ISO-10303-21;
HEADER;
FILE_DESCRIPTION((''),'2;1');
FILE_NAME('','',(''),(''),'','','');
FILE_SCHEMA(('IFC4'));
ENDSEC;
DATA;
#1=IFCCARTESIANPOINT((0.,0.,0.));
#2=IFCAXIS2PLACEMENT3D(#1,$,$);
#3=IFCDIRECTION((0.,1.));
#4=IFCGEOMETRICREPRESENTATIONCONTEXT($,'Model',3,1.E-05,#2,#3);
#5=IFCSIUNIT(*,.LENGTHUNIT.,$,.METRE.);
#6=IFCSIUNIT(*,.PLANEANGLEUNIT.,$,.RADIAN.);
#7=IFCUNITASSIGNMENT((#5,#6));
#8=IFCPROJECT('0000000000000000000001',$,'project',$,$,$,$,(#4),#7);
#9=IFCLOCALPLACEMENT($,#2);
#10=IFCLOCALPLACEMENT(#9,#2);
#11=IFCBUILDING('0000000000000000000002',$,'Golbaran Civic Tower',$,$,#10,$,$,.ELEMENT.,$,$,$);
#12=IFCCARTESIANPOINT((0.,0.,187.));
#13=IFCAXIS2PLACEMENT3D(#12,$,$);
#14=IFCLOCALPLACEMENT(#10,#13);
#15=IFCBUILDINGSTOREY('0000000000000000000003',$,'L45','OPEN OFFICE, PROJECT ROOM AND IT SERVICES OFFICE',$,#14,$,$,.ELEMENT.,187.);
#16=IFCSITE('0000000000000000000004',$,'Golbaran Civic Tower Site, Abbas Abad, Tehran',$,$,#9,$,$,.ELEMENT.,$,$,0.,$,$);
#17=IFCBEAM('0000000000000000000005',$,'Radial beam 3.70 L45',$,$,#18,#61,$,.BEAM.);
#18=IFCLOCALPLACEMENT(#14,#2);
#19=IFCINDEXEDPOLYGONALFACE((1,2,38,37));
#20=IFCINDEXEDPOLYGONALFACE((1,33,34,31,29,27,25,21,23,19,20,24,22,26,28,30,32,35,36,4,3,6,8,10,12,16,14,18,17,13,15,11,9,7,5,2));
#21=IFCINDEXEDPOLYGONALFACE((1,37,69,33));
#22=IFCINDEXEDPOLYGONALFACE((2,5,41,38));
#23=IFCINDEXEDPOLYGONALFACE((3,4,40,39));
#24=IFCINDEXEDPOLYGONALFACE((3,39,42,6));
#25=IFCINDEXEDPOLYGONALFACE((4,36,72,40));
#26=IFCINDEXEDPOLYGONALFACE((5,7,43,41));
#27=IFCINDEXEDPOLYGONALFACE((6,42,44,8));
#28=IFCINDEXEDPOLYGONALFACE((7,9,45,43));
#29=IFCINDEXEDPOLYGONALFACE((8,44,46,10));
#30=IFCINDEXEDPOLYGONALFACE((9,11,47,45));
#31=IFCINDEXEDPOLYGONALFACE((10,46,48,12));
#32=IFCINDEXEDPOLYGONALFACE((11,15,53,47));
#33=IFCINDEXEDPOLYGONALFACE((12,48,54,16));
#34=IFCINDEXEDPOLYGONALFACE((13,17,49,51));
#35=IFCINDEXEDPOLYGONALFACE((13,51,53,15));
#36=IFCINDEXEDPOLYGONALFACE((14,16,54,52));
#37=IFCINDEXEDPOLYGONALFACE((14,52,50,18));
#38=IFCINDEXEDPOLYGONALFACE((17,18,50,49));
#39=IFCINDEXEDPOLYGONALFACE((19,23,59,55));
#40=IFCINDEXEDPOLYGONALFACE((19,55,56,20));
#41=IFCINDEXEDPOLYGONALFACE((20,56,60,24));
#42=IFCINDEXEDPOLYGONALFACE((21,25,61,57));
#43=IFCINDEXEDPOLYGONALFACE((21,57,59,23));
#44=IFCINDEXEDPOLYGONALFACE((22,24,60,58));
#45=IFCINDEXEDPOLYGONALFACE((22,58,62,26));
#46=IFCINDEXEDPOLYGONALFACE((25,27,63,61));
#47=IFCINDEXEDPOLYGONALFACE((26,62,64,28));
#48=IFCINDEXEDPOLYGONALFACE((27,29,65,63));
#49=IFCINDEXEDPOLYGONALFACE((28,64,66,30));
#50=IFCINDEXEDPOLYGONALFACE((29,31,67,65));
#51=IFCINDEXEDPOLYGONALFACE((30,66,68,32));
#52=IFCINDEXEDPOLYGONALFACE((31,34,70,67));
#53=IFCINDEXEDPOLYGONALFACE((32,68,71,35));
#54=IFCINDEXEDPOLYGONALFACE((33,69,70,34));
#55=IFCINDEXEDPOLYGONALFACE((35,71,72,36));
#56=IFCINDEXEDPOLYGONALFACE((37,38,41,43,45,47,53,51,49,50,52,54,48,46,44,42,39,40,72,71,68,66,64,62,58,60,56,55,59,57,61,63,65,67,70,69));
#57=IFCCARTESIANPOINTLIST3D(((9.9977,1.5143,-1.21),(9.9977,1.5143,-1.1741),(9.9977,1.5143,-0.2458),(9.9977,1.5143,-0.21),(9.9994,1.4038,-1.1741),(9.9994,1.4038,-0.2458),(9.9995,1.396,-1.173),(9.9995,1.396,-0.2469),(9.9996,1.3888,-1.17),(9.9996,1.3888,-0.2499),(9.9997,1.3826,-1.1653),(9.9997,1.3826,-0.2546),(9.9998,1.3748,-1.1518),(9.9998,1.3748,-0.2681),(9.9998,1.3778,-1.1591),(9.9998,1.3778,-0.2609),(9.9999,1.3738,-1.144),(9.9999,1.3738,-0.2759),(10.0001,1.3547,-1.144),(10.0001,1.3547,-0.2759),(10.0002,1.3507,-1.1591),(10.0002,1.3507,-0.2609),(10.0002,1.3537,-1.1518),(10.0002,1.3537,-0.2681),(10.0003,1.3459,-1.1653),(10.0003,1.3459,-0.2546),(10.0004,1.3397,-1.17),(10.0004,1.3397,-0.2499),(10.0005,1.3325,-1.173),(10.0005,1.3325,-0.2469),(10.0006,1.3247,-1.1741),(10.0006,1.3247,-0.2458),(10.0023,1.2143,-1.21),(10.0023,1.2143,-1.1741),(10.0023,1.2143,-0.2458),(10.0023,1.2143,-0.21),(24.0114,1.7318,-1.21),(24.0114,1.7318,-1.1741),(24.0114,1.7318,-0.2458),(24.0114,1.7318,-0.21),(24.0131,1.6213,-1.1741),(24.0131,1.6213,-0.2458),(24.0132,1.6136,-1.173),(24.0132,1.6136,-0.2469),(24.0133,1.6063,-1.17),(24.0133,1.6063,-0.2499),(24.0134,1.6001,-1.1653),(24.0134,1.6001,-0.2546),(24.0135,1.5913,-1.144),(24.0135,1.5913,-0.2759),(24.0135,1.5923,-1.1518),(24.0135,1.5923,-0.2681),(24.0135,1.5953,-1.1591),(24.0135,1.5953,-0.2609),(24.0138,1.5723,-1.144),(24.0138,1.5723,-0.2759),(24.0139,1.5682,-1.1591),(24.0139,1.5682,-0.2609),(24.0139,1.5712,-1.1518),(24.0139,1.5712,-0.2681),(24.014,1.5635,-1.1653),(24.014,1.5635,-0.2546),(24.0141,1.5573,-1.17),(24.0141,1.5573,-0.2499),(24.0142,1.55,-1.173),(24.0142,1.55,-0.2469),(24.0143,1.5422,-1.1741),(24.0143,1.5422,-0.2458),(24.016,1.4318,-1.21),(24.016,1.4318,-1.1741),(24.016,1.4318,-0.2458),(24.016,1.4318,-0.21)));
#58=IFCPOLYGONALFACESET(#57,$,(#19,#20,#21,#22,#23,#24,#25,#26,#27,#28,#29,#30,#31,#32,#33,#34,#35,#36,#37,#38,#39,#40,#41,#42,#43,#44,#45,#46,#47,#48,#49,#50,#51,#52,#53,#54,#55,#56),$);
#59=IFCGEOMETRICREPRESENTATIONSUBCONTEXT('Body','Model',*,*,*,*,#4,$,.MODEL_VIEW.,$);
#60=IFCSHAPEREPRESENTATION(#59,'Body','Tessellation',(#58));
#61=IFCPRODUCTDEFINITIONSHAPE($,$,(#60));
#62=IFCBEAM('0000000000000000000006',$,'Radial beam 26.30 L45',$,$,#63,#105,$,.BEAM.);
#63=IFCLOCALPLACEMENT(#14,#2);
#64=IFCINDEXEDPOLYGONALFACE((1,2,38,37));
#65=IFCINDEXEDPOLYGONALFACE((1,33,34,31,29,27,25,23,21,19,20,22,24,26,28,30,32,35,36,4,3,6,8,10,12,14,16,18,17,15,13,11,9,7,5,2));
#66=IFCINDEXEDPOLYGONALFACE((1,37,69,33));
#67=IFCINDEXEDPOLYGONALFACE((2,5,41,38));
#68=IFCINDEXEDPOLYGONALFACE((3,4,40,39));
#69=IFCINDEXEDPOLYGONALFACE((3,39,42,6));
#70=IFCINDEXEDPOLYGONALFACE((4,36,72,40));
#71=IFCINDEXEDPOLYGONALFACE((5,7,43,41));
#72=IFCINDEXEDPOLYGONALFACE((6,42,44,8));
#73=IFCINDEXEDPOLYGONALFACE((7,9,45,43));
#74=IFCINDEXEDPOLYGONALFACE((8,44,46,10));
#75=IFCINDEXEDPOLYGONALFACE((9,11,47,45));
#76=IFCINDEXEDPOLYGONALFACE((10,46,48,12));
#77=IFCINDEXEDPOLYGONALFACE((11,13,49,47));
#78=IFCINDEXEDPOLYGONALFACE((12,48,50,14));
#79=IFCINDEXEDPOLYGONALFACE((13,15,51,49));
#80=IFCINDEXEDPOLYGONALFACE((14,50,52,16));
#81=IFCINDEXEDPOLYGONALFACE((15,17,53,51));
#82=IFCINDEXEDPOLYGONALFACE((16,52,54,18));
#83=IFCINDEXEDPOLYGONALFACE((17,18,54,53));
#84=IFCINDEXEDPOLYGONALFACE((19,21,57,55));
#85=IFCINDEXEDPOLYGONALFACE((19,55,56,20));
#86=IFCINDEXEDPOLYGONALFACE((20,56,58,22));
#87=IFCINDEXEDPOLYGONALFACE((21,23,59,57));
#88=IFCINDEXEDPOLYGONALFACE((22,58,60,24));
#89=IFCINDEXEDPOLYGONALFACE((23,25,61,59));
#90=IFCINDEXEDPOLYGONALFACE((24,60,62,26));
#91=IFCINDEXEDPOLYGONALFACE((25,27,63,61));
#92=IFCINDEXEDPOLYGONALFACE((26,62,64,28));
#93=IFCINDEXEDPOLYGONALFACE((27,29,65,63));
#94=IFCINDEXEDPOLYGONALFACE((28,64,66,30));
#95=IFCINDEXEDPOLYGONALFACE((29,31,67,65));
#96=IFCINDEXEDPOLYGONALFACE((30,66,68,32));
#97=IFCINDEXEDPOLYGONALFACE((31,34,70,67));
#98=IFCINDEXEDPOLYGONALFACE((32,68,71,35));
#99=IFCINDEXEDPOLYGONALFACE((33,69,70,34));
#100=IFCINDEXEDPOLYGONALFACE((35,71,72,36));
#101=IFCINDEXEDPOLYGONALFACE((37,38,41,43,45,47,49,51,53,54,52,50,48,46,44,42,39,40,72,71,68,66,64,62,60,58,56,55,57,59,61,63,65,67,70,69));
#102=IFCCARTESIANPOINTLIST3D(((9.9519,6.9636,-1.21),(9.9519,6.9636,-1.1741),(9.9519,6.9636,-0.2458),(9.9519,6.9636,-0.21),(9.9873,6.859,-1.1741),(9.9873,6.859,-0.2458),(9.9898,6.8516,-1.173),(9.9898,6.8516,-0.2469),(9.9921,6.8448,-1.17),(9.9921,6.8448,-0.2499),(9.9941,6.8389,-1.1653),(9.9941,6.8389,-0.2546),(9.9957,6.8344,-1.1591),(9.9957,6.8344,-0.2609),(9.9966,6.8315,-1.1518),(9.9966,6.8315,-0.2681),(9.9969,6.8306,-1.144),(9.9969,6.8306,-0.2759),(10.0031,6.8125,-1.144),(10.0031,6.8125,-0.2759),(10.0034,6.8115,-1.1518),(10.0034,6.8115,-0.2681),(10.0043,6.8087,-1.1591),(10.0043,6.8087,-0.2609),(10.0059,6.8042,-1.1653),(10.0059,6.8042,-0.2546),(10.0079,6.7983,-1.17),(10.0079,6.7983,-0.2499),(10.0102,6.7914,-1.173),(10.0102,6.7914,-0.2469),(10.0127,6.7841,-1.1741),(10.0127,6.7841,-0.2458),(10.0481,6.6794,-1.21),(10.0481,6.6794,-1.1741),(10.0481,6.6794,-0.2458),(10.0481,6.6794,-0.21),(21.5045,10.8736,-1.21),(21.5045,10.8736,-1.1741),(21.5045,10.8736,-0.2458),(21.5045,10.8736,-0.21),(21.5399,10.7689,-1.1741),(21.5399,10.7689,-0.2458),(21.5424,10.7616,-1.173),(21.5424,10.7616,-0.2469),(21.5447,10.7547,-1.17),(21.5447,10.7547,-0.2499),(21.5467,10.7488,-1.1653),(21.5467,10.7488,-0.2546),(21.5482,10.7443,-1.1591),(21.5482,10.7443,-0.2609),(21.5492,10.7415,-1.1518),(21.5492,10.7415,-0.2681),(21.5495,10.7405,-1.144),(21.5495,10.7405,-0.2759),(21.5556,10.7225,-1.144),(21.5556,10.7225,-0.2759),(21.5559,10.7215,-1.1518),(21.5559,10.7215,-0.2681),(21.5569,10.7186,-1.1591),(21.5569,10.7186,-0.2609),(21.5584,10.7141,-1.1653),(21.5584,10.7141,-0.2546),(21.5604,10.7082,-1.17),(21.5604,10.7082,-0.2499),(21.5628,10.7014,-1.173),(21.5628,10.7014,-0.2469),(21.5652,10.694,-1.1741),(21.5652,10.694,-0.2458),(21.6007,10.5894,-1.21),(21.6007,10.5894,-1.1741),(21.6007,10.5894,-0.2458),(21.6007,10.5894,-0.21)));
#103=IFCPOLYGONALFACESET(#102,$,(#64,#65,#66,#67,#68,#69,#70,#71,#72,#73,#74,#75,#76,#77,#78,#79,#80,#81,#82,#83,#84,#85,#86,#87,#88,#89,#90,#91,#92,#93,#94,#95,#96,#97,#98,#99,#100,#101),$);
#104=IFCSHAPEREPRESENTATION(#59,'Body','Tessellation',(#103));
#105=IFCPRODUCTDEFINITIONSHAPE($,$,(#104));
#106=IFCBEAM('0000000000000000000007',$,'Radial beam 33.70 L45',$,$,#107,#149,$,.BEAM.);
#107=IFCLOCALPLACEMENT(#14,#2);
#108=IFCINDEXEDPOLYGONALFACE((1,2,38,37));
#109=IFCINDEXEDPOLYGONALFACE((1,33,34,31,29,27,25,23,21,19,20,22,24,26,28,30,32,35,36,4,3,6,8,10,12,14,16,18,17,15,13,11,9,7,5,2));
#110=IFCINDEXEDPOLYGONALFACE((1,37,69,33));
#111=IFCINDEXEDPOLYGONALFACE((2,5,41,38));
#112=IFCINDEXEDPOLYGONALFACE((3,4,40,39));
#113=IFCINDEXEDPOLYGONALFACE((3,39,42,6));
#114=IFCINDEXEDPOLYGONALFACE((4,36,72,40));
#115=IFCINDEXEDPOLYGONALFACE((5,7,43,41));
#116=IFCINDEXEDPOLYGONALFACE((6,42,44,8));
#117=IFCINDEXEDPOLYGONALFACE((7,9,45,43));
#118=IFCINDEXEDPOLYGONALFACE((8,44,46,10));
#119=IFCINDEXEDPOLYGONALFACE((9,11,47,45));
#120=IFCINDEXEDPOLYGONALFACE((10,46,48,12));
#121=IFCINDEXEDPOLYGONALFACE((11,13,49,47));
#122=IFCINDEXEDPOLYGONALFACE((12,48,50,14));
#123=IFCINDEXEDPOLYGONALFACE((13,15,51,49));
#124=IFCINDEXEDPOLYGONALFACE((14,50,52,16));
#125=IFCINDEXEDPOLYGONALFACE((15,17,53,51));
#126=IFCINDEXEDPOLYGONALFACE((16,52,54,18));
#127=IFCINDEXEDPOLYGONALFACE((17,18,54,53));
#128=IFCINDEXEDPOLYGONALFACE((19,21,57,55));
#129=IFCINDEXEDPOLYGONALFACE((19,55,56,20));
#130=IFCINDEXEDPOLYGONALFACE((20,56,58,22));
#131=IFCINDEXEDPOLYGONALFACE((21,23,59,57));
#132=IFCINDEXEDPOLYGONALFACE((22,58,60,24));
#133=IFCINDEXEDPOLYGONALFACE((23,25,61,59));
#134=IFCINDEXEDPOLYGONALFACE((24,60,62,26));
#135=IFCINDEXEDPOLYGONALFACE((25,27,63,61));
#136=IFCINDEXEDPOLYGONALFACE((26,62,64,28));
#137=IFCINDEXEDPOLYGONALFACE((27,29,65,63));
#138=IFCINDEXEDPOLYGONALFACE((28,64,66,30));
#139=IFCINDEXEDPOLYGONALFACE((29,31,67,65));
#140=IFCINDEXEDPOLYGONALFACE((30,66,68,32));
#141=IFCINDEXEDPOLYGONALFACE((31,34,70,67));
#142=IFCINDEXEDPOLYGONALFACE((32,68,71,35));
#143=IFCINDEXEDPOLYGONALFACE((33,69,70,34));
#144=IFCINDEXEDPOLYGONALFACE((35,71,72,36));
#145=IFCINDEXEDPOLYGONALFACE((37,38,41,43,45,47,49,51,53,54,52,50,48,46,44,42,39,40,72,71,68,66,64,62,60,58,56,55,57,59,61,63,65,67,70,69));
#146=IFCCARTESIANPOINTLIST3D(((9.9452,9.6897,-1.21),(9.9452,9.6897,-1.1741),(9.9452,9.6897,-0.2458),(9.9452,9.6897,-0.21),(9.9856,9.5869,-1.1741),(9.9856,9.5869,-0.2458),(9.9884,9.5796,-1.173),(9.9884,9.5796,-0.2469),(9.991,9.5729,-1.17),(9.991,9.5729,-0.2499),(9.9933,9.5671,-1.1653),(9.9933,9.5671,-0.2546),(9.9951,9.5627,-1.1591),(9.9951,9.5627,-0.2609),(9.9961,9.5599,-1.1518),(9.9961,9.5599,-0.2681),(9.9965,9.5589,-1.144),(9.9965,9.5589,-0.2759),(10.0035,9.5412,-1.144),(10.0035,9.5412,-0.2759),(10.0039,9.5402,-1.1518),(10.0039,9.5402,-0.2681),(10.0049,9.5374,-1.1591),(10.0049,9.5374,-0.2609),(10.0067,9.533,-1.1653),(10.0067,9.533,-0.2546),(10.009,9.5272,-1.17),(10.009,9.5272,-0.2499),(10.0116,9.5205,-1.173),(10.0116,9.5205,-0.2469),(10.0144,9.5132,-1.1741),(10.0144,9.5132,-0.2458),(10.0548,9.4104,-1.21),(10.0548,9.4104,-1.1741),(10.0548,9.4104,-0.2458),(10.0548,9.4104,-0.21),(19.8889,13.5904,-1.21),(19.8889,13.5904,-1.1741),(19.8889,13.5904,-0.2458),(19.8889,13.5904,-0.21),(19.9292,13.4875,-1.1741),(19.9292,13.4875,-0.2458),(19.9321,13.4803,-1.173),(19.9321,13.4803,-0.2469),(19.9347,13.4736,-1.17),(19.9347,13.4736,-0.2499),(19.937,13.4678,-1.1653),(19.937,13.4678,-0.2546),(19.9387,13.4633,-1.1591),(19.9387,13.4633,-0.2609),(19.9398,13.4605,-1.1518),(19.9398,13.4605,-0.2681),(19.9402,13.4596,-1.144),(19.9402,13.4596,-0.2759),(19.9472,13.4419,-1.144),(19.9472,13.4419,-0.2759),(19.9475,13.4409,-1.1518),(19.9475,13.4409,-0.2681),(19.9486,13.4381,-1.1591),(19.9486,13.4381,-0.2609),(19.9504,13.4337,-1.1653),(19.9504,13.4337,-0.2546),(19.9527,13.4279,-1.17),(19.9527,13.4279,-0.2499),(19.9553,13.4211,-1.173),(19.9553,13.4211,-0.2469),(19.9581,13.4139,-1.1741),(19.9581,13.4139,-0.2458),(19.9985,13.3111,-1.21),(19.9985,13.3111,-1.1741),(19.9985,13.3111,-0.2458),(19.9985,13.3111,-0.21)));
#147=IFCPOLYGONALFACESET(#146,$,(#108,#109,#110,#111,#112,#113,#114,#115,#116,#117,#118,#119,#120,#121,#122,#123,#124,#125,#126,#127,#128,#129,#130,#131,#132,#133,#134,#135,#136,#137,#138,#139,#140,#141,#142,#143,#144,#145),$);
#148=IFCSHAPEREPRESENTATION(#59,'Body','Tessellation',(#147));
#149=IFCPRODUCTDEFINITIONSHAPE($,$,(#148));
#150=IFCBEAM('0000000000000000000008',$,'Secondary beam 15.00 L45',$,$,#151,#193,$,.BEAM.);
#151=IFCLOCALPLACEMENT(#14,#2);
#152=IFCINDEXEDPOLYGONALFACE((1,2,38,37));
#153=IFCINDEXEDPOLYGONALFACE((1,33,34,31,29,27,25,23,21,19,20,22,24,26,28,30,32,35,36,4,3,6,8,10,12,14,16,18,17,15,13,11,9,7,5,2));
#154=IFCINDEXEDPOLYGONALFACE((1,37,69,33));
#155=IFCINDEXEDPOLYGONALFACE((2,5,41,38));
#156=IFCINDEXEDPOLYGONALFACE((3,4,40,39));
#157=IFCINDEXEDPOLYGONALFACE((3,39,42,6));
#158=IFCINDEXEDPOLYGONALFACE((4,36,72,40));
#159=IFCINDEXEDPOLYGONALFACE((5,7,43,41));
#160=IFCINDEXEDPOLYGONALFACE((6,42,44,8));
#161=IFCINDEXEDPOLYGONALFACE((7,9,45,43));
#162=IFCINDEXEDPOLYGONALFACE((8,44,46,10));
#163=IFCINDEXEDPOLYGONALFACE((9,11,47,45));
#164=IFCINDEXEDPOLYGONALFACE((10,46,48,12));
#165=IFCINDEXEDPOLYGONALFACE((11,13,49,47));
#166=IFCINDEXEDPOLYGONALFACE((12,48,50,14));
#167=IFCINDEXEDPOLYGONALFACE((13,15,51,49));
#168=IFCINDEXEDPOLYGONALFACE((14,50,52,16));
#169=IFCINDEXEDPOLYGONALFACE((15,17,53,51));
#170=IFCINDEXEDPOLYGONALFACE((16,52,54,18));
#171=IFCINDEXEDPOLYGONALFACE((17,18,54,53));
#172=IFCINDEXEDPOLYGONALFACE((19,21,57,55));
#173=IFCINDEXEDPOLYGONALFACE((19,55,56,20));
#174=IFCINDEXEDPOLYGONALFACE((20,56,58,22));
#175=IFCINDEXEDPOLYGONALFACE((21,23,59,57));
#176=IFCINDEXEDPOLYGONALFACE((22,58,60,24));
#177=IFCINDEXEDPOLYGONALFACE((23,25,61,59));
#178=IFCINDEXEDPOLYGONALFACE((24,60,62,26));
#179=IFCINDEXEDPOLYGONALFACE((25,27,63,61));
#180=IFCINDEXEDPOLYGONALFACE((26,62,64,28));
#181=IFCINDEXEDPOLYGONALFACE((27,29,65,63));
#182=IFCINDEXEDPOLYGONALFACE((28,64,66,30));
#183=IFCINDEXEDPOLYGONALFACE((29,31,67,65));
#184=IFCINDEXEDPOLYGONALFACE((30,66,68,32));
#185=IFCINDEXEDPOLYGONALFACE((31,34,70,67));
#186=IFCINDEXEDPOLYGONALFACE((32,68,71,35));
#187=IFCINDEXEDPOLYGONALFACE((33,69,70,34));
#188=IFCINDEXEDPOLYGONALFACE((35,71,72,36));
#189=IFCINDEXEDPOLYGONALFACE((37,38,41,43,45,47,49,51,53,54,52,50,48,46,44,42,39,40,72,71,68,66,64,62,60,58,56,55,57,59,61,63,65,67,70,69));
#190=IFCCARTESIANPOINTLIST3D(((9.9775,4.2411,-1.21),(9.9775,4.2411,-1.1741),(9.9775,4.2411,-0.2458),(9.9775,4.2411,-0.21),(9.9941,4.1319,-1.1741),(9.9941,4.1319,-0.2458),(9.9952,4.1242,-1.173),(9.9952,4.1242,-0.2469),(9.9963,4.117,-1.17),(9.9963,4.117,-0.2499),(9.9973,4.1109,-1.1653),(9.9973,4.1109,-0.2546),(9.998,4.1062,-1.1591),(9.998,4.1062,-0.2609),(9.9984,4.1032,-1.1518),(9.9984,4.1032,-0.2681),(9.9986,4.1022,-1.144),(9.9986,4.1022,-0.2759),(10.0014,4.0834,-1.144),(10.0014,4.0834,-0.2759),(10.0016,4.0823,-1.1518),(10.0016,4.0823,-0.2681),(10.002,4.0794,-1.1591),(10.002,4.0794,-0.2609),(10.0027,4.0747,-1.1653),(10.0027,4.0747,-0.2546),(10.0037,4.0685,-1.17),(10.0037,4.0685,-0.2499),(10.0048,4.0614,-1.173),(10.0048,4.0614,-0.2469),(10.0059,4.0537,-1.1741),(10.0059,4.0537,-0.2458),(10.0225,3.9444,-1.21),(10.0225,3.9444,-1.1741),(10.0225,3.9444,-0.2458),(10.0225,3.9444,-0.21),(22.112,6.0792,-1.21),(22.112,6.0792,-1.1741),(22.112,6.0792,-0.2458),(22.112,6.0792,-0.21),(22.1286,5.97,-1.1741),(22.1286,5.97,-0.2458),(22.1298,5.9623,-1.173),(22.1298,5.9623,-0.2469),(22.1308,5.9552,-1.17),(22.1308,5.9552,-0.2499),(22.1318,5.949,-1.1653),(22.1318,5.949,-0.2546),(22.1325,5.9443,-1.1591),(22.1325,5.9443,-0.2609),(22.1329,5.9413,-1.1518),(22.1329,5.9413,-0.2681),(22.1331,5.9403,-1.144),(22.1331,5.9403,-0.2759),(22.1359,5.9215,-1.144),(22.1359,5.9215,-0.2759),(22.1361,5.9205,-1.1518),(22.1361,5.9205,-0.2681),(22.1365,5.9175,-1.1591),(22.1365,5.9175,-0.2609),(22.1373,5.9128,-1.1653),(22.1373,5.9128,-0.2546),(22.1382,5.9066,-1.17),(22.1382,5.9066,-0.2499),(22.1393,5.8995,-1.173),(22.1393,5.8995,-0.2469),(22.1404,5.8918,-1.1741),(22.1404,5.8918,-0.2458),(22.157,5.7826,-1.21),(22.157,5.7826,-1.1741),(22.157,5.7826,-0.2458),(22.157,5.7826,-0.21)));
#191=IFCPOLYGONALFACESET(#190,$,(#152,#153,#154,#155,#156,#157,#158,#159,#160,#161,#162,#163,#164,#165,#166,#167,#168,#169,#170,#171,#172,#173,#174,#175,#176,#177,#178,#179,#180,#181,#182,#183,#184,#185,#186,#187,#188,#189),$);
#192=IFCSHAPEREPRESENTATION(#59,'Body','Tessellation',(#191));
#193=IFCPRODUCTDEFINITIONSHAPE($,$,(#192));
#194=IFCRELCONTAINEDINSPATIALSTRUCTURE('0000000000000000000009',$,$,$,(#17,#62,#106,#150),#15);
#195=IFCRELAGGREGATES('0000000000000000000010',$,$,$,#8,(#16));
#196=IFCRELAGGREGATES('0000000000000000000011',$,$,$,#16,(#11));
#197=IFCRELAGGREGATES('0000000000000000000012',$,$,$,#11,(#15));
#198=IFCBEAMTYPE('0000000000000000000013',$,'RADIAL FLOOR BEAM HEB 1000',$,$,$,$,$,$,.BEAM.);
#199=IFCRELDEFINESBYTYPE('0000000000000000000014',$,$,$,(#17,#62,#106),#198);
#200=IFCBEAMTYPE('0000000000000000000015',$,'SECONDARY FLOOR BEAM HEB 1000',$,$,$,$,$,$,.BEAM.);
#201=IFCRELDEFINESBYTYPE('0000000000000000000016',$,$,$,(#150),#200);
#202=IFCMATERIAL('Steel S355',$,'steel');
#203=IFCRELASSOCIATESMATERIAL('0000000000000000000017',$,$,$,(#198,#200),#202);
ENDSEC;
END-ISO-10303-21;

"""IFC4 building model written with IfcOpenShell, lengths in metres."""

from ifc_helpers import new_model, si_unit, direction, frame, origin, origin_2d, place, context, subcontext, project, spatial, i_section, extrude, material, material_profile, profile_set, type_object, element, save


model = new_model("IFC4")

# Units and contexts
model_context = context("Model", 3, precision=1e-05, world=origin(), true_north=direction((0.0, 1.0)))
body_context = subcontext(model_context, "Body", "Model", "MODEL_VIEW")
ifc_project = project(units=[si_unit("LENGTHUNIT", "METRE"), si_unit("PLANEANGLEUNIT", "RADIAN")], contexts=[model_context])

# Site, building, storey
site_placement = place(None, origin())
site = spatial("IfcSite", under=ifc_project, at=site_placement, Name="Golbaran Civic Tower Site, Abbas Abad, Tehran", CompositionType="ELEMENT", RefElevation=0.0)
building_placement = place(site_placement, origin())
building = spatial("IfcBuilding", under=site, at=building_placement, Name="Golbaran Civic Tower", CompositionType="ELEMENT")
storey_placement = place(building_placement, frame((0.0, 0.0, 187.0)))
storey = spatial("IfcBuildingStorey", under=building, at=storey_placement, Name="L45", Description="OPEN OFFICE, PROJECT ROOM AND IT SERVICES OFFICE", CompositionType="ELEMENT", Elevation=187.0)

# Beams
ifc_material_1 = material(Name="Steel S355", Category="steel")
ifc_material_profile_1 = material_profile(ifc_material_1, i_section(OverallWidth=0.3, OverallDepth=1.0, WebThickness=0.019, FlangeThickness=0.0359, FilletRadius=0.03, at=origin_2d()), Name="HEB 1000")
ifc_profile_set_1 = profile_set([ifc_material_profile_1], Name="Steel S355")
beam_type_1 = type_object("IfcBeamType", Name="RADIAL FLOOR BEAM HEB 1000", PredefinedType="BEAM", material=ifc_profile_set_1)
beam_1_placement = place(storey_placement, frame((10.0, 1.3643, -0.71), z_axis=(0.99988, 0.015521, 0.0), x_axis=(-0.015521, 0.99988, 0.0)))
element("IfcBeam", 1, at=beam_1_placement, inside=storey, type_object=beam_type_1, Name="Radial beam 3.70 L45", PredefinedType="BEAM", context=body_context, shape_type="SweptSolid", body=[
    extrude(i_section(OverallWidth=0.3, OverallDepth=1.0, WebThickness=0.019, FlangeThickness=0.0359, FilletRadius=0.03, at=origin_2d()), origin(), (0.0, 0.0, 1.0), 14.0154),
])
beam_2_placement = place(storey_placement, frame((10.0, 6.8215, -0.71), z_axis=(0.94722, 0.320584, 0.0), x_axis=(-0.320584, 0.94722, 0.0)))
element("IfcBeam", 2, at=beam_2_placement, inside=storey, type_object=beam_type_1, Name="Radial beam 26.30 L45", PredefinedType="BEAM", context=body_context, shape_type="SweptSolid", body=[
    extrude(i_section(OverallWidth=0.3, OverallDepth=1.0, WebThickness=0.019, FlangeThickness=0.0359, FilletRadius=0.03, at=origin_2d()), origin(), (0.0, 0.0, 1.0), 12.1963),
])
beam_3_placement = place(storey_placement, frame((10.0, 9.55, -0.71), z_axis=(0.930936, 0.365183, 0.0), x_axis=(-0.365183, 0.930936, 0.0)))
element("IfcBeam", 3, at=beam_3_placement, inside=storey, type_object=beam_type_1, Name="Radial beam 33.70 L45", PredefinedType="BEAM", context=body_context, shape_type="SweptSolid", body=[
    extrude(i_section(OverallWidth=0.3, OverallDepth=1.0, WebThickness=0.019, FlangeThickness=0.0359, FilletRadius=0.03, at=origin_2d()), origin(), (0.0, 0.0, 1.0), 10.6814),
])
ifc_material_profile_2 = material_profile(ifc_material_1, i_section(OverallWidth=0.3, OverallDepth=1.0, WebThickness=0.019, FlangeThickness=0.0359, FilletRadius=0.03, at=origin_2d()), Name="HEB 1000")
ifc_profile_set_2 = profile_set([ifc_material_profile_2], Name="Steel S355")
beam_type_2 = type_object("IfcBeamType", Name="SECONDARY FLOOR BEAM HEB 1000", PredefinedType="BEAM", material=ifc_profile_set_2)
beam_4_placement = place(storey_placement, frame((10.0, 4.0928, -0.71), z_axis=(0.988721, 0.149771, 0.0), x_axis=(-0.149771, 0.988721, 0.0)))
element("IfcBeam", 4, at=beam_4_placement, inside=storey, type_object=beam_type_2, Name="Secondary beam 15.00 L45", PredefinedType="BEAM", context=body_context, shape_type="SweptSolid", body=[
    extrude(i_section(OverallWidth=0.3, OverallDepth=1.0, WebThickness=0.019, FlangeThickness=0.0359, FilletRadius=0.03, at=origin_2d()), origin(), (0.0, 0.0, 1.0), 12.2729),
])

save(model, "model.ifc")
